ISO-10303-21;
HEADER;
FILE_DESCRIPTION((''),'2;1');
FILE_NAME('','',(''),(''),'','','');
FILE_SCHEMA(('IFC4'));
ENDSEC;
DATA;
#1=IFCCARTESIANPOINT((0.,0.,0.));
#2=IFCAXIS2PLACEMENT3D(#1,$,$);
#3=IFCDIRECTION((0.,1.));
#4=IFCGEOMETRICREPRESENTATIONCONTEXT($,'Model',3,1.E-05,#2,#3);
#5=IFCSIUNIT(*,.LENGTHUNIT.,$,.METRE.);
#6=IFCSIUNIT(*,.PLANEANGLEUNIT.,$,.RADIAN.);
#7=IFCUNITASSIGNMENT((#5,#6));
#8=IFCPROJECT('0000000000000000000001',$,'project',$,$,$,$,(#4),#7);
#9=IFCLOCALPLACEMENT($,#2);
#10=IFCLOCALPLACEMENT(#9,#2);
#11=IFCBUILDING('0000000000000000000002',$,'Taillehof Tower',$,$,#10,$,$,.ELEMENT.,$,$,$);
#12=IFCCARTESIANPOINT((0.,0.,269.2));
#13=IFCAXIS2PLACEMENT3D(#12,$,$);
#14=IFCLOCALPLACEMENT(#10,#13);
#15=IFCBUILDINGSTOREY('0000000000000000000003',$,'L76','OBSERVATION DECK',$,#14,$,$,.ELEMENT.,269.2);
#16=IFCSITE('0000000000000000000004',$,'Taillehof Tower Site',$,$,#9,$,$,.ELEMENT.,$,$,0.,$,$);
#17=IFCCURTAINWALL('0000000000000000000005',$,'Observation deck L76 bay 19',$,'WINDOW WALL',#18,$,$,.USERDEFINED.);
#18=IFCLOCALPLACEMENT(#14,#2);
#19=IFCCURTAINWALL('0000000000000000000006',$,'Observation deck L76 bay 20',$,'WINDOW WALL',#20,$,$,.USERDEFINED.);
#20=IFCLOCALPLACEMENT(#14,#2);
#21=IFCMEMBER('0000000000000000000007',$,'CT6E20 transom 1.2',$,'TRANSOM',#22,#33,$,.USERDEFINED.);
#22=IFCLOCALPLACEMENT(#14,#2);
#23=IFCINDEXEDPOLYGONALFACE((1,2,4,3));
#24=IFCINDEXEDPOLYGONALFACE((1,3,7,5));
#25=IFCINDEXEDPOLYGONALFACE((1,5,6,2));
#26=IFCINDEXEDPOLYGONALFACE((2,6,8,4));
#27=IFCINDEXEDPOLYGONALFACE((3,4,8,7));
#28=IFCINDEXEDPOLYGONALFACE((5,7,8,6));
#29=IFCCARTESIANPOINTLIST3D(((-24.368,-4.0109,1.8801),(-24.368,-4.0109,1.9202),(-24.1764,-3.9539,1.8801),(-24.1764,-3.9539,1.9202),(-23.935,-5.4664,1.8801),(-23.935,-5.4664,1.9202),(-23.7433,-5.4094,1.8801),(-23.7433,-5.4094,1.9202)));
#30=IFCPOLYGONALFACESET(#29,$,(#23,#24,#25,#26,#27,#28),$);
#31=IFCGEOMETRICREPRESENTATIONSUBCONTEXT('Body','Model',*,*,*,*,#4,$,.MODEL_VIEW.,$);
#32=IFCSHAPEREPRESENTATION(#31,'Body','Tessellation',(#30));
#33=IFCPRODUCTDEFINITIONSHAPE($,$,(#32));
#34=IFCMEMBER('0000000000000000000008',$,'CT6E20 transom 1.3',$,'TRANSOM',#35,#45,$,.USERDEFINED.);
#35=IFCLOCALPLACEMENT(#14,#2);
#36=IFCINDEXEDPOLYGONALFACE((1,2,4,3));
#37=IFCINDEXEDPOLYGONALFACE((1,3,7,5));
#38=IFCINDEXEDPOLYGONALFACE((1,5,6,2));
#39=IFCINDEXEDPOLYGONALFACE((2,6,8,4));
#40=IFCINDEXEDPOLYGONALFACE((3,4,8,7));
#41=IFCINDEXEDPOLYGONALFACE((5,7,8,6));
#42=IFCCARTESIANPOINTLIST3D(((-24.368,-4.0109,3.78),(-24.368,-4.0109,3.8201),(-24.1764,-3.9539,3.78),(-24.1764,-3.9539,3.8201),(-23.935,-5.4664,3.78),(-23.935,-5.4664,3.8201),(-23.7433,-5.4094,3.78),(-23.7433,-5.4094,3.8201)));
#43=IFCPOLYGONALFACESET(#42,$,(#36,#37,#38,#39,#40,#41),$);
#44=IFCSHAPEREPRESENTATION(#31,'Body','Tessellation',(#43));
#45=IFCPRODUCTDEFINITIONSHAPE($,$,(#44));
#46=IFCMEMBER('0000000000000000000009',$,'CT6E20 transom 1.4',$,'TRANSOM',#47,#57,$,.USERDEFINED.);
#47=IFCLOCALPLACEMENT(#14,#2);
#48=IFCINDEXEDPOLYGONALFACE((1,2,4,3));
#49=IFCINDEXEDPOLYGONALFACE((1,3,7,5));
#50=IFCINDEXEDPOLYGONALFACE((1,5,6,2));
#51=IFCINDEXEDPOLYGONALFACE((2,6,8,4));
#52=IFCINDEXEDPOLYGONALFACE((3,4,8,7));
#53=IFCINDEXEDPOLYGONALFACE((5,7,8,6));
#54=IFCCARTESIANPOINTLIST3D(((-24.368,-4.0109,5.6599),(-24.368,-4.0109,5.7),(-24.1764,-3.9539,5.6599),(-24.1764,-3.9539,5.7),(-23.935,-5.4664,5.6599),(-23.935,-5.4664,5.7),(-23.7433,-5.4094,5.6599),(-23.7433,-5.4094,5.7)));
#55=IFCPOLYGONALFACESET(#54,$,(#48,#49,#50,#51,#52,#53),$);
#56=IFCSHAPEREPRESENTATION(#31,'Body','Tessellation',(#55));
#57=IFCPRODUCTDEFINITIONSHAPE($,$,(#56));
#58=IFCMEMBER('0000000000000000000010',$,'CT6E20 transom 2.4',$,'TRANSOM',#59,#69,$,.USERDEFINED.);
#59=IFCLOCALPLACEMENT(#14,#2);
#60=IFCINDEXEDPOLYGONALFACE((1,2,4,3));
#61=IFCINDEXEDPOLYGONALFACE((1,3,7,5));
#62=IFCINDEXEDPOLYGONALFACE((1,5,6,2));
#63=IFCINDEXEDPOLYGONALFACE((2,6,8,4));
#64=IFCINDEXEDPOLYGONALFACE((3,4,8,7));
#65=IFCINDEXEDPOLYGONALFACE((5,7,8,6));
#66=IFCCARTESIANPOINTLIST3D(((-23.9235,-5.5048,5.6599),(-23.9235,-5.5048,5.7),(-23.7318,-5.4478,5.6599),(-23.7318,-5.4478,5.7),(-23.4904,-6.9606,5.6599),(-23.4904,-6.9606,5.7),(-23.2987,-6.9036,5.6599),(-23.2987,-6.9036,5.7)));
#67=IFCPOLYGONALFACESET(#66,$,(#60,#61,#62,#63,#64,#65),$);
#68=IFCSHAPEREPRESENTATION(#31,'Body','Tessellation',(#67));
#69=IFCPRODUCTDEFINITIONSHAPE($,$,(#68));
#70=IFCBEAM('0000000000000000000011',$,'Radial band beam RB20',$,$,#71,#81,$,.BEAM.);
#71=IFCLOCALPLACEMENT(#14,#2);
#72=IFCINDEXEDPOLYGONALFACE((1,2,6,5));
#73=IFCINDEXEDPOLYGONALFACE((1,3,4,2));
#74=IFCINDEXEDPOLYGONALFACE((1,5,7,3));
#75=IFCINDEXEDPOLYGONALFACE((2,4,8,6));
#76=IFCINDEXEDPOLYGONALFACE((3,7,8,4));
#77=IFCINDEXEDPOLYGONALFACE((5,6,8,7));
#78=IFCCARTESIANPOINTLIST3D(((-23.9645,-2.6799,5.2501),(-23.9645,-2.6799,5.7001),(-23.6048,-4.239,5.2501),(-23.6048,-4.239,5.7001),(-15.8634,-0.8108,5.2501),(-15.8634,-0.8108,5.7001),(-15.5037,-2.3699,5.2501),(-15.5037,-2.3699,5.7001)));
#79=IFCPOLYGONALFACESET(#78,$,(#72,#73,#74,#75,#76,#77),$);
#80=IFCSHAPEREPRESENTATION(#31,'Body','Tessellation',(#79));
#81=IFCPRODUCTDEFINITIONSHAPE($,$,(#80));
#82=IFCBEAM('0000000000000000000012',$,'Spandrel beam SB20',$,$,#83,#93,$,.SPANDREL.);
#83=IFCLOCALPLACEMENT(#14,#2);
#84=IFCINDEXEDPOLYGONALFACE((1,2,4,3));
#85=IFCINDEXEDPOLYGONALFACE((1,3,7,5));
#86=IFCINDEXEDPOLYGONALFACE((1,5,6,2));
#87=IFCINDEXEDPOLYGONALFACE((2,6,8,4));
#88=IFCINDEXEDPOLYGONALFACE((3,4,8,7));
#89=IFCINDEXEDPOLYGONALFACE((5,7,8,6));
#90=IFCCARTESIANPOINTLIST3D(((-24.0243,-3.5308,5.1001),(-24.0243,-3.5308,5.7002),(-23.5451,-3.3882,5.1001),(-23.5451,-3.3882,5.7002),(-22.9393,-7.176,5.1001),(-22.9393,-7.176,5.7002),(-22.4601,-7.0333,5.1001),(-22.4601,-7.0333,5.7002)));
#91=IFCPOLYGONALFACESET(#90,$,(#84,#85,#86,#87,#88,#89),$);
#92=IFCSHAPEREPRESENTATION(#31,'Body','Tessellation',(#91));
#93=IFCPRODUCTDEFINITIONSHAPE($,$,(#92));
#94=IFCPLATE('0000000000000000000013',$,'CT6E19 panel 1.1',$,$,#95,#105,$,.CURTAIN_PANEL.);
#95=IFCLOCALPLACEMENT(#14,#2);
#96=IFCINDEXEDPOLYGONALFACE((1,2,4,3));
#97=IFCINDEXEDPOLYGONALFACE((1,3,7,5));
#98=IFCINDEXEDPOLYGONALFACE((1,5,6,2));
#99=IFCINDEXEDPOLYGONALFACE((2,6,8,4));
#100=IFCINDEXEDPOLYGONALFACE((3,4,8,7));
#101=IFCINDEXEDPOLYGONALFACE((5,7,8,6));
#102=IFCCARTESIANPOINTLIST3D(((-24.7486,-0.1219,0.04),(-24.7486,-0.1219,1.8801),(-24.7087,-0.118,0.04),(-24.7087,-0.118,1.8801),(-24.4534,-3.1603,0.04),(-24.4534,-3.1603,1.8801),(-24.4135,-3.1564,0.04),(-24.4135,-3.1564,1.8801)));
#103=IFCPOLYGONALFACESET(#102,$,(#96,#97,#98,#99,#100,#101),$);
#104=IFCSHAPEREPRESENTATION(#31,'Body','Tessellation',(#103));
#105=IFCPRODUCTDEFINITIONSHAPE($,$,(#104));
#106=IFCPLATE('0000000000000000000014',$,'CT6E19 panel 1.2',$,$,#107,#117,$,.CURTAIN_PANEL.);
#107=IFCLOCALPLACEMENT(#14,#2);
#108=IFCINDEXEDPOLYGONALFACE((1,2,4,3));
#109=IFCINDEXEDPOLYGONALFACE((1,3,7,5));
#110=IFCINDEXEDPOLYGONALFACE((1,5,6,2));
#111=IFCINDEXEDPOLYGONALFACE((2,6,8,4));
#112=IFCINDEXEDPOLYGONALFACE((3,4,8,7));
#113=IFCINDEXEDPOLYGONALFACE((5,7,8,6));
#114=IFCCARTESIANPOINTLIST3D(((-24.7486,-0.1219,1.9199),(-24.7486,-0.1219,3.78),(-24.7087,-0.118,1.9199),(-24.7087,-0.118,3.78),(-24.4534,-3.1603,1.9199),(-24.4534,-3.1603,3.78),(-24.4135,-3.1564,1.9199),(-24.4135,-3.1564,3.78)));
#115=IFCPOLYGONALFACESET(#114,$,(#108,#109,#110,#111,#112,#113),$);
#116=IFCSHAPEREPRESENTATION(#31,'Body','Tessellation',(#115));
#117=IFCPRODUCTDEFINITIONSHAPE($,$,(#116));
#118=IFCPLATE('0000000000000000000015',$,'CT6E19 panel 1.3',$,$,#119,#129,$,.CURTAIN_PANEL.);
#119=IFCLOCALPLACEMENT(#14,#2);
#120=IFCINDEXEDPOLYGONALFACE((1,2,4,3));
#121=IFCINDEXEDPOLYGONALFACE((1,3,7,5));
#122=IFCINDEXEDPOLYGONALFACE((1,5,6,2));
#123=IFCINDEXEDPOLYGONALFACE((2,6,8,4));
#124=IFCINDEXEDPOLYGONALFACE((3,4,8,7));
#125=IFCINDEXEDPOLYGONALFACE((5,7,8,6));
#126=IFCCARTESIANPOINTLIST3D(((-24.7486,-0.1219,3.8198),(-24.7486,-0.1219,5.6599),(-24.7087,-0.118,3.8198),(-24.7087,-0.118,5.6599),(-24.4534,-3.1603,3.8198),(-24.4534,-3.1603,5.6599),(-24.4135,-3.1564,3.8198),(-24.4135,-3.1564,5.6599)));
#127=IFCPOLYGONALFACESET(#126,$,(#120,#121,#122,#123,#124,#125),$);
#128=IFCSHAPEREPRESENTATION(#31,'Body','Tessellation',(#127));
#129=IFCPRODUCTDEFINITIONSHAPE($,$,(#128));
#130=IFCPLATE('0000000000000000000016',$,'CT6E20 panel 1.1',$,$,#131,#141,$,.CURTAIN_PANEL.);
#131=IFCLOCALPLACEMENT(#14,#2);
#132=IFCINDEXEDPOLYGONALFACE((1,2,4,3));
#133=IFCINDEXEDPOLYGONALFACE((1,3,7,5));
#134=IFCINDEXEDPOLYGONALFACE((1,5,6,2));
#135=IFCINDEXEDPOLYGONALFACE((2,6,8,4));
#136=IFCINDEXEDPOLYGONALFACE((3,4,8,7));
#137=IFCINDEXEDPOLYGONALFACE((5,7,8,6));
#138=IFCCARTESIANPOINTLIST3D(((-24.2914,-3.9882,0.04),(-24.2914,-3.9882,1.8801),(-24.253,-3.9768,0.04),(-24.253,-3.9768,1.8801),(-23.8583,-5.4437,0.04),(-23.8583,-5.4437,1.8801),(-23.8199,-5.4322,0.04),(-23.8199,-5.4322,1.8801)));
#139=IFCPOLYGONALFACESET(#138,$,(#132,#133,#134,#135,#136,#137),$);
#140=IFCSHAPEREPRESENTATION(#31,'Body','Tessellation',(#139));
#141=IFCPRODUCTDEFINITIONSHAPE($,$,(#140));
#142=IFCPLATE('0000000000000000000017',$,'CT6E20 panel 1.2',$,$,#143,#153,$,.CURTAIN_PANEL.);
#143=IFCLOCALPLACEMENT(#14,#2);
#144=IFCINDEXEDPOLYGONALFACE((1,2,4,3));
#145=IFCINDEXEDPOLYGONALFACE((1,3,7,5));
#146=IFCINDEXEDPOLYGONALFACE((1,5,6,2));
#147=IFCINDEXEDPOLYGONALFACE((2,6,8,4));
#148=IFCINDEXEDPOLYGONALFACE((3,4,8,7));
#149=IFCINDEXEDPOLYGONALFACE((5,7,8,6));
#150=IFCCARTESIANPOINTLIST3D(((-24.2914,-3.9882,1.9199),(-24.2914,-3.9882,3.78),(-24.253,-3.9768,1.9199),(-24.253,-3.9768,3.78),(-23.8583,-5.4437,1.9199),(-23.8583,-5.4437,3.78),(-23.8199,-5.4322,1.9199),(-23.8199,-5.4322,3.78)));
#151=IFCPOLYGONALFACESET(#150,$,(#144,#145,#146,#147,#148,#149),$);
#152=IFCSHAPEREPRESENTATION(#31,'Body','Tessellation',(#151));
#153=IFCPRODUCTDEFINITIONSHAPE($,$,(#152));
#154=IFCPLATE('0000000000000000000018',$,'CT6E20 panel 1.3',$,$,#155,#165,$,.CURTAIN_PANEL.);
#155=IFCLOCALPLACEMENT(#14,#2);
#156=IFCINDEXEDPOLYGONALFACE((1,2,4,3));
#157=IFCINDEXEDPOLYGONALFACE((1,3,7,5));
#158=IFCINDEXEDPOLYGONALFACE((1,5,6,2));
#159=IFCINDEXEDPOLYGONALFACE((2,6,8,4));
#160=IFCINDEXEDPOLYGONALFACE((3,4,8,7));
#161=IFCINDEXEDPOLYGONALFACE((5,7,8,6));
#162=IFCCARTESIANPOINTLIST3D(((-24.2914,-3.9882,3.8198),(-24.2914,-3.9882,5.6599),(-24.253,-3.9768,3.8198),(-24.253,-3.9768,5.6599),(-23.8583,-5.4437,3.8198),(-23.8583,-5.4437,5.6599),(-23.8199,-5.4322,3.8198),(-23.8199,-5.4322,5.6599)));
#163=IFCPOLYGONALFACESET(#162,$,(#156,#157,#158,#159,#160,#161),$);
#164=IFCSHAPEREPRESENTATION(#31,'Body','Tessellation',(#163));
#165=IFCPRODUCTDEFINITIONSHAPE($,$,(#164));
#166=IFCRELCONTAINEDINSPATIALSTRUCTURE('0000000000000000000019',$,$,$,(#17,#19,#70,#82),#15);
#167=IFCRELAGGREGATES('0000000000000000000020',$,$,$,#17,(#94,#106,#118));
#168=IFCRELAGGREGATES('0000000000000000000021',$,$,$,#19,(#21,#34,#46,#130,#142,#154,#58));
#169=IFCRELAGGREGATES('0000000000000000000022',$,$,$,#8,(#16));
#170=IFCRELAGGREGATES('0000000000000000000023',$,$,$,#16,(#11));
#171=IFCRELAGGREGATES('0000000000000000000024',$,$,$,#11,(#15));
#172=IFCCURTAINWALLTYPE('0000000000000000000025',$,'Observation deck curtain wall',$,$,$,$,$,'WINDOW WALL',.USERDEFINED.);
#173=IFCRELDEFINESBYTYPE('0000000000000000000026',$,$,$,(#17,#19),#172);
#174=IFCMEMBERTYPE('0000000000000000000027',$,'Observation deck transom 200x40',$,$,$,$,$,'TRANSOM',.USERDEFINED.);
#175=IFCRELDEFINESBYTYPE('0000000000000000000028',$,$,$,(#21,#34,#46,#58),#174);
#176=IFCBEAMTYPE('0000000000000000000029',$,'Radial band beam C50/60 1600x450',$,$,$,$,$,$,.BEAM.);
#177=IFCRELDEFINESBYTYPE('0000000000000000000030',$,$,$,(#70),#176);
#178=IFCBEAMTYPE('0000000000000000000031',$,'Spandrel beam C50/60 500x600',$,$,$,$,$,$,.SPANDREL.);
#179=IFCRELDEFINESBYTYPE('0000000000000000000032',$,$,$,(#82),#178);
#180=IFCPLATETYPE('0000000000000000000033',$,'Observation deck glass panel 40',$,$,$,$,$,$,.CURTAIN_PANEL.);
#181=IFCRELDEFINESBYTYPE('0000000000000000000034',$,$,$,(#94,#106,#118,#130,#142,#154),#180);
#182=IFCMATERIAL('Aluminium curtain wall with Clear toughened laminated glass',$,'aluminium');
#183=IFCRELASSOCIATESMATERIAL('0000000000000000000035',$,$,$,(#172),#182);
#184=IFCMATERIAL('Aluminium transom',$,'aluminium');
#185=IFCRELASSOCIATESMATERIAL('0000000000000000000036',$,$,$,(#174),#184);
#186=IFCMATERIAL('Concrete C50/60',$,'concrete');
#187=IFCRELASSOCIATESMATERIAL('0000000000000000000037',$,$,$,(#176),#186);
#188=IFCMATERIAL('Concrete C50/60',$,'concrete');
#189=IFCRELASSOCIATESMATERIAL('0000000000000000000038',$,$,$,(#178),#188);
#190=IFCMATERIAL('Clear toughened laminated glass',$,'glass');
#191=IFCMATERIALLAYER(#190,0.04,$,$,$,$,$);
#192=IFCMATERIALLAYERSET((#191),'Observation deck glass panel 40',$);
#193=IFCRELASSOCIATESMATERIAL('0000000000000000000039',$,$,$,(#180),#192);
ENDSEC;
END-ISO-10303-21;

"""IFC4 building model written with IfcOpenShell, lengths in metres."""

from ifc_helpers import new_model, si_unit, direction, frame, origin, origin_2d, place, context, subcontext, project, spatial, rectangle, extrude, material, layer, layer_set, material_profile, profile_set, type_object, element, aggregate, save


model = new_model("IFC4")

# Units and contexts
model_context = context("Model", 3, precision=1e-05, world=origin(), true_north=direction((0.0, 1.0)))
body_context = subcontext(model_context, "Body", "Model", "MODEL_VIEW")
ifc_project = project(units=[si_unit("LENGTHUNIT", "METRE"), si_unit("PLANEANGLEUNIT", "RADIAN")], contexts=[model_context])

# Site, building, storey
site_placement = place(None, origin())
site = spatial("IfcSite", under=ifc_project, at=site_placement, Name="Taillehof Tower Site", CompositionType="ELEMENT", RefElevation=0.0)
building_placement = place(site_placement, origin())
building = spatial("IfcBuilding", under=site, at=building_placement, Name="Taillehof Tower", CompositionType="ELEMENT")
storey_placement = place(building_placement, frame((0.0, 0.0, 269.2)))
storey = spatial("IfcBuildingStorey", under=building, at=storey_placement, Name="L76", Description="OBSERVATION DECK", CompositionType="ELEMENT", Elevation=269.2)

# Curtain walls
ifc_material_1 = material(Name="Aluminium curtain wall with Clear toughened laminated glass", Category="aluminium")
curtain_wall_type = type_object("IfcCurtainWallType", Name="Observation deck curtain wall", ElementType="WINDOW WALL", PredefinedType="USERDEFINED", material=ifc_material_1)
curtain_wall_1_placement = place(storey_placement, origin())
curtain_wall_1 = element("IfcCurtainWall", 1, at=curtain_wall_1_placement, inside=storey, type_object=curtain_wall_type, Name="Observation deck L76 bay 19", ObjectType="WINDOW WALL", PredefinedType="USERDEFINED")
curtain_wall_2_placement = place(storey_placement, origin())
curtain_wall_2 = element("IfcCurtainWall", 2, at=curtain_wall_2_placement, inside=storey, type_object=curtain_wall_type, Name="Observation deck L76 bay 20", ObjectType="WINDOW WALL", PredefinedType="USERDEFINED")

# Members
ifc_material_2 = material(Name="Aluminium transom", Category="aluminium")
ifc_material_profile_1 = material_profile(ifc_material_2, rectangle(XDim=0.2, YDim=0.04, at=origin_2d()), Name="AL 200x40")
ifc_profile_set_1 = profile_set([ifc_material_profile_1], Name="Aluminium transom")
member_type_1 = type_object("IfcMemberType", Name="Observation deck transom 200x40", ElementType="TRANSOM", PredefinedType="USERDEFINED", material=ifc_profile_set_1)
member_1_placement = place(storey_placement, frame((-24.2722, -3.9824, 1.9001), z_axis=(0.285194, -0.95847, 0.0), x_axis=(0.95847, 0.285194, 0.0)))
member_1 = element("IfcMember", 3, at=member_1_placement, type_object=member_type_1, Name="CT6E20 transom 1.2", ObjectType="TRANSOM", PredefinedType="USERDEFINED", context=body_context, shape_type="SweptSolid", body=[
    extrude(rectangle(XDim=0.2, YDim=0.04, at=origin_2d()), origin(), (0.0, 0.0, 1.0), 1.5186),
])
member_2_placement = place(storey_placement, frame((-24.2722, -3.9824, 3.8), z_axis=(0.285194, -0.95847, 0.0), x_axis=(0.95847, 0.285194, 0.0)))
member_2 = element("IfcMember", 4, at=member_2_placement, type_object=member_type_1, Name="CT6E20 transom 1.3", ObjectType="TRANSOM", PredefinedType="USERDEFINED", context=body_context, shape_type="SweptSolid", body=[
    extrude(rectangle(XDim=0.2, YDim=0.04, at=origin_2d()), origin(), (0.0, 0.0, 1.0), 1.5186),
])
member_3_placement = place(storey_placement, frame((-24.2722, -3.9824, 5.6799), z_axis=(0.285194, -0.95847, 0.0), x_axis=(0.95847, 0.285194, 0.0)))
member_3 = element("IfcMember", 5, at=member_3_placement, type_object=member_type_1, Name="CT6E20 transom 1.4", ObjectType="TRANSOM", PredefinedType="USERDEFINED", context=body_context, shape_type="SweptSolid", body=[
    extrude(rectangle(XDim=0.2, YDim=0.04, at=origin_2d()), origin(), (0.0, 0.0, 1.0), 1.5186),
])
member_4_placement = place(storey_placement, frame((-23.8276, -5.4763, 5.6799), z_axis=(0.28515, -0.958483, 0.0), x_axis=(0.958483, 0.28515, 0.0)))
member_4 = element("IfcMember", 6, at=member_4_placement, type_object=member_type_1, Name="CT6E20 transom 2.4", ObjectType="TRANSOM", PredefinedType="USERDEFINED", context=body_context, shape_type="SweptSolid", body=[
    extrude(rectangle(XDim=0.2, YDim=0.04, at=origin_2d()), origin(), (0.0, 0.0, 1.0), 1.5188),
])

# Beams
ifc_material_3 = material(Name="Concrete C50/60", Category="concrete")
ifc_material_profile_2 = material_profile(ifc_material_3, rectangle(XDim=1.6001, YDim=0.45, at=origin_2d()), Name="RC 1600x450")
ifc_profile_set_2 = profile_set([ifc_material_profile_2], Name="Concrete C50/60")
beam_type_1 = type_object("IfcBeamType", Name="Radial band beam C50/60 1600x450", PredefinedType="BEAM", material=ifc_profile_set_2)
beam_1_placement = place(storey_placement, frame((-23.7847, -3.4595, 5.4751), z_axis=(0.9744, 0.224821, 0.0), x_axis=(-0.224821, 0.9744, 0.0)))
element("IfcBeam", 7, at=beam_1_placement, inside=storey, type_object=beam_type_1, Name="Radial band beam RB20", PredefinedType="BEAM", context=body_context, shape_type="SweptSolid", body=[
    extrude(rectangle(XDim=1.6001, YDim=0.45, at=origin_2d()), origin(), (0.0, 0.0, 1.0), 8.314),
])
ifc_material_4 = material(Name="Concrete C50/60", Category="concrete")
ifc_material_profile_3 = material_profile(ifc_material_4, rectangle(XDim=0.5, YDim=0.6001, at=origin_2d()), Name="RC 500x600")
ifc_profile_set_3 = profile_set([ifc_material_profile_3], Name="Concrete C50/60")
beam_type_2 = type_object("IfcBeamType", Name="Spandrel beam C50/60 500x600", PredefinedType="SPANDREL", material=ifc_profile_set_3)
beam_2_placement = place(storey_placement, frame((-23.7847, -3.4595, 5.4001), z_axis=(0.285268, -0.958448, 0.0), x_axis=(0.958448, 0.285268, 0.0)))
element("IfcBeam", 8, at=beam_2_placement, inside=storey, type_object=beam_type_2, Name="Spandrel beam SB20", PredefinedType="SPANDREL", context=body_context, shape_type="SweptSolid", body=[
    extrude(rectangle(XDim=0.5, YDim=0.6001, at=origin_2d()), origin(), (0.0, 0.0, 1.0), 3.8032),
])

# Plates
ifc_material_5 = material(Name="Clear toughened laminated glass", Category="glass")
ifc_layer = layer(ifc_material_5, 0.04)
ifc_layer_set = layer_set([ifc_layer], Name="Observation deck glass panel 40")
plate_type = type_object("IfcPlateType", Name="Observation deck glass panel 40", PredefinedType="CURTAIN_PANEL", material=ifc_layer_set)
plate_1_placement = place(storey_placement, frame((-24.5811, -1.6392, 0.04), z_axis=(0.0, 0.0, 1.0), x_axis=(0.096714, -0.995312, 0.0)))
plate_1 = element("IfcPlate", 9, at=plate_1_placement, type_object=plate_type, Name="CT6E19 panel 1.1", PredefinedType="CURTAIN_PANEL", context=body_context, shape_type="SweptSolid", body=[
    extrude(rectangle(XDim=3.0527, YDim=0.04, at=origin_2d()), origin(), (0.0, 0.0, 1.0), 1.8401),
])
plate_2_placement = place(storey_placement, frame((-24.5811, -1.6392, 1.9199), z_axis=(0.0, 0.0, 1.0), x_axis=(0.096714, -0.995312, 0.0)))
plate_2 = element("IfcPlate", 10, at=plate_2_placement, type_object=plate_type, Name="CT6E19 panel 1.2", PredefinedType="CURTAIN_PANEL", context=body_context, shape_type="SweptSolid", body=[
    extrude(rectangle(XDim=3.0527, YDim=0.04, at=origin_2d()), origin(), (0.0, 0.0, 1.0), 1.8601),
])
plate_3_placement = place(storey_placement, frame((-24.5811, -1.6392, 3.8198), z_axis=(0.0, 0.0, 1.0), x_axis=(0.096714, -0.995312, 0.0)))
plate_3 = element("IfcPlate", 11, at=plate_3_placement, type_object=plate_type, Name="CT6E19 panel 1.3", PredefinedType="CURTAIN_PANEL", context=body_context, shape_type="SweptSolid", body=[
    extrude(rectangle(XDim=3.0527, YDim=0.04, at=origin_2d()), origin(), (0.0, 0.0, 1.0), 1.8401),
])
aggregate(curtain_wall_1, [plate_1, plate_2, plate_3])
plate_4_placement = place(storey_placement, frame((-24.0557, -4.7102, 0.04), z_axis=(0.0, 0.0, 1.0), x_axis=(0.285236, -0.958457, 0.0)))
plate_4 = element("IfcPlate", 12, at=plate_4_placement, type_object=plate_type, Name="CT6E20 panel 1.1", PredefinedType="CURTAIN_PANEL", context=body_context, shape_type="SweptSolid", body=[
    extrude(rectangle(XDim=1.5186, YDim=0.04, at=origin_2d()), origin(), (0.0, 0.0, 1.0), 1.8401),
])
plate_5_placement = place(storey_placement, frame((-24.0557, -4.7102, 1.9199), z_axis=(0.0, 0.0, 1.0), x_axis=(0.285236, -0.958457, 0.0)))
plate_5 = element("IfcPlate", 13, at=plate_5_placement, type_object=plate_type, Name="CT6E20 panel 1.2", PredefinedType="CURTAIN_PANEL", context=body_context, shape_type="SweptSolid", body=[
    extrude(rectangle(XDim=1.5186, YDim=0.04, at=origin_2d()), origin(), (0.0, 0.0, 1.0), 1.8601),
])
plate_6_placement = place(storey_placement, frame((-24.0557, -4.7102, 3.8198), z_axis=(0.0, 0.0, 1.0), x_axis=(0.285236, -0.958457, 0.0)))
plate_6 = element("IfcPlate", 14, at=plate_6_placement, type_object=plate_type, Name="CT6E20 panel 1.3", PredefinedType="CURTAIN_PANEL", context=body_context, shape_type="SweptSolid", body=[
    extrude(rectangle(XDim=1.5186, YDim=0.04, at=origin_2d()), origin(), (0.0, 0.0, 1.0), 1.8401),
])
aggregate(curtain_wall_2, [member_1, member_2, member_3, plate_4, plate_5, plate_6, member_4])

save(model, "model.ifc")
